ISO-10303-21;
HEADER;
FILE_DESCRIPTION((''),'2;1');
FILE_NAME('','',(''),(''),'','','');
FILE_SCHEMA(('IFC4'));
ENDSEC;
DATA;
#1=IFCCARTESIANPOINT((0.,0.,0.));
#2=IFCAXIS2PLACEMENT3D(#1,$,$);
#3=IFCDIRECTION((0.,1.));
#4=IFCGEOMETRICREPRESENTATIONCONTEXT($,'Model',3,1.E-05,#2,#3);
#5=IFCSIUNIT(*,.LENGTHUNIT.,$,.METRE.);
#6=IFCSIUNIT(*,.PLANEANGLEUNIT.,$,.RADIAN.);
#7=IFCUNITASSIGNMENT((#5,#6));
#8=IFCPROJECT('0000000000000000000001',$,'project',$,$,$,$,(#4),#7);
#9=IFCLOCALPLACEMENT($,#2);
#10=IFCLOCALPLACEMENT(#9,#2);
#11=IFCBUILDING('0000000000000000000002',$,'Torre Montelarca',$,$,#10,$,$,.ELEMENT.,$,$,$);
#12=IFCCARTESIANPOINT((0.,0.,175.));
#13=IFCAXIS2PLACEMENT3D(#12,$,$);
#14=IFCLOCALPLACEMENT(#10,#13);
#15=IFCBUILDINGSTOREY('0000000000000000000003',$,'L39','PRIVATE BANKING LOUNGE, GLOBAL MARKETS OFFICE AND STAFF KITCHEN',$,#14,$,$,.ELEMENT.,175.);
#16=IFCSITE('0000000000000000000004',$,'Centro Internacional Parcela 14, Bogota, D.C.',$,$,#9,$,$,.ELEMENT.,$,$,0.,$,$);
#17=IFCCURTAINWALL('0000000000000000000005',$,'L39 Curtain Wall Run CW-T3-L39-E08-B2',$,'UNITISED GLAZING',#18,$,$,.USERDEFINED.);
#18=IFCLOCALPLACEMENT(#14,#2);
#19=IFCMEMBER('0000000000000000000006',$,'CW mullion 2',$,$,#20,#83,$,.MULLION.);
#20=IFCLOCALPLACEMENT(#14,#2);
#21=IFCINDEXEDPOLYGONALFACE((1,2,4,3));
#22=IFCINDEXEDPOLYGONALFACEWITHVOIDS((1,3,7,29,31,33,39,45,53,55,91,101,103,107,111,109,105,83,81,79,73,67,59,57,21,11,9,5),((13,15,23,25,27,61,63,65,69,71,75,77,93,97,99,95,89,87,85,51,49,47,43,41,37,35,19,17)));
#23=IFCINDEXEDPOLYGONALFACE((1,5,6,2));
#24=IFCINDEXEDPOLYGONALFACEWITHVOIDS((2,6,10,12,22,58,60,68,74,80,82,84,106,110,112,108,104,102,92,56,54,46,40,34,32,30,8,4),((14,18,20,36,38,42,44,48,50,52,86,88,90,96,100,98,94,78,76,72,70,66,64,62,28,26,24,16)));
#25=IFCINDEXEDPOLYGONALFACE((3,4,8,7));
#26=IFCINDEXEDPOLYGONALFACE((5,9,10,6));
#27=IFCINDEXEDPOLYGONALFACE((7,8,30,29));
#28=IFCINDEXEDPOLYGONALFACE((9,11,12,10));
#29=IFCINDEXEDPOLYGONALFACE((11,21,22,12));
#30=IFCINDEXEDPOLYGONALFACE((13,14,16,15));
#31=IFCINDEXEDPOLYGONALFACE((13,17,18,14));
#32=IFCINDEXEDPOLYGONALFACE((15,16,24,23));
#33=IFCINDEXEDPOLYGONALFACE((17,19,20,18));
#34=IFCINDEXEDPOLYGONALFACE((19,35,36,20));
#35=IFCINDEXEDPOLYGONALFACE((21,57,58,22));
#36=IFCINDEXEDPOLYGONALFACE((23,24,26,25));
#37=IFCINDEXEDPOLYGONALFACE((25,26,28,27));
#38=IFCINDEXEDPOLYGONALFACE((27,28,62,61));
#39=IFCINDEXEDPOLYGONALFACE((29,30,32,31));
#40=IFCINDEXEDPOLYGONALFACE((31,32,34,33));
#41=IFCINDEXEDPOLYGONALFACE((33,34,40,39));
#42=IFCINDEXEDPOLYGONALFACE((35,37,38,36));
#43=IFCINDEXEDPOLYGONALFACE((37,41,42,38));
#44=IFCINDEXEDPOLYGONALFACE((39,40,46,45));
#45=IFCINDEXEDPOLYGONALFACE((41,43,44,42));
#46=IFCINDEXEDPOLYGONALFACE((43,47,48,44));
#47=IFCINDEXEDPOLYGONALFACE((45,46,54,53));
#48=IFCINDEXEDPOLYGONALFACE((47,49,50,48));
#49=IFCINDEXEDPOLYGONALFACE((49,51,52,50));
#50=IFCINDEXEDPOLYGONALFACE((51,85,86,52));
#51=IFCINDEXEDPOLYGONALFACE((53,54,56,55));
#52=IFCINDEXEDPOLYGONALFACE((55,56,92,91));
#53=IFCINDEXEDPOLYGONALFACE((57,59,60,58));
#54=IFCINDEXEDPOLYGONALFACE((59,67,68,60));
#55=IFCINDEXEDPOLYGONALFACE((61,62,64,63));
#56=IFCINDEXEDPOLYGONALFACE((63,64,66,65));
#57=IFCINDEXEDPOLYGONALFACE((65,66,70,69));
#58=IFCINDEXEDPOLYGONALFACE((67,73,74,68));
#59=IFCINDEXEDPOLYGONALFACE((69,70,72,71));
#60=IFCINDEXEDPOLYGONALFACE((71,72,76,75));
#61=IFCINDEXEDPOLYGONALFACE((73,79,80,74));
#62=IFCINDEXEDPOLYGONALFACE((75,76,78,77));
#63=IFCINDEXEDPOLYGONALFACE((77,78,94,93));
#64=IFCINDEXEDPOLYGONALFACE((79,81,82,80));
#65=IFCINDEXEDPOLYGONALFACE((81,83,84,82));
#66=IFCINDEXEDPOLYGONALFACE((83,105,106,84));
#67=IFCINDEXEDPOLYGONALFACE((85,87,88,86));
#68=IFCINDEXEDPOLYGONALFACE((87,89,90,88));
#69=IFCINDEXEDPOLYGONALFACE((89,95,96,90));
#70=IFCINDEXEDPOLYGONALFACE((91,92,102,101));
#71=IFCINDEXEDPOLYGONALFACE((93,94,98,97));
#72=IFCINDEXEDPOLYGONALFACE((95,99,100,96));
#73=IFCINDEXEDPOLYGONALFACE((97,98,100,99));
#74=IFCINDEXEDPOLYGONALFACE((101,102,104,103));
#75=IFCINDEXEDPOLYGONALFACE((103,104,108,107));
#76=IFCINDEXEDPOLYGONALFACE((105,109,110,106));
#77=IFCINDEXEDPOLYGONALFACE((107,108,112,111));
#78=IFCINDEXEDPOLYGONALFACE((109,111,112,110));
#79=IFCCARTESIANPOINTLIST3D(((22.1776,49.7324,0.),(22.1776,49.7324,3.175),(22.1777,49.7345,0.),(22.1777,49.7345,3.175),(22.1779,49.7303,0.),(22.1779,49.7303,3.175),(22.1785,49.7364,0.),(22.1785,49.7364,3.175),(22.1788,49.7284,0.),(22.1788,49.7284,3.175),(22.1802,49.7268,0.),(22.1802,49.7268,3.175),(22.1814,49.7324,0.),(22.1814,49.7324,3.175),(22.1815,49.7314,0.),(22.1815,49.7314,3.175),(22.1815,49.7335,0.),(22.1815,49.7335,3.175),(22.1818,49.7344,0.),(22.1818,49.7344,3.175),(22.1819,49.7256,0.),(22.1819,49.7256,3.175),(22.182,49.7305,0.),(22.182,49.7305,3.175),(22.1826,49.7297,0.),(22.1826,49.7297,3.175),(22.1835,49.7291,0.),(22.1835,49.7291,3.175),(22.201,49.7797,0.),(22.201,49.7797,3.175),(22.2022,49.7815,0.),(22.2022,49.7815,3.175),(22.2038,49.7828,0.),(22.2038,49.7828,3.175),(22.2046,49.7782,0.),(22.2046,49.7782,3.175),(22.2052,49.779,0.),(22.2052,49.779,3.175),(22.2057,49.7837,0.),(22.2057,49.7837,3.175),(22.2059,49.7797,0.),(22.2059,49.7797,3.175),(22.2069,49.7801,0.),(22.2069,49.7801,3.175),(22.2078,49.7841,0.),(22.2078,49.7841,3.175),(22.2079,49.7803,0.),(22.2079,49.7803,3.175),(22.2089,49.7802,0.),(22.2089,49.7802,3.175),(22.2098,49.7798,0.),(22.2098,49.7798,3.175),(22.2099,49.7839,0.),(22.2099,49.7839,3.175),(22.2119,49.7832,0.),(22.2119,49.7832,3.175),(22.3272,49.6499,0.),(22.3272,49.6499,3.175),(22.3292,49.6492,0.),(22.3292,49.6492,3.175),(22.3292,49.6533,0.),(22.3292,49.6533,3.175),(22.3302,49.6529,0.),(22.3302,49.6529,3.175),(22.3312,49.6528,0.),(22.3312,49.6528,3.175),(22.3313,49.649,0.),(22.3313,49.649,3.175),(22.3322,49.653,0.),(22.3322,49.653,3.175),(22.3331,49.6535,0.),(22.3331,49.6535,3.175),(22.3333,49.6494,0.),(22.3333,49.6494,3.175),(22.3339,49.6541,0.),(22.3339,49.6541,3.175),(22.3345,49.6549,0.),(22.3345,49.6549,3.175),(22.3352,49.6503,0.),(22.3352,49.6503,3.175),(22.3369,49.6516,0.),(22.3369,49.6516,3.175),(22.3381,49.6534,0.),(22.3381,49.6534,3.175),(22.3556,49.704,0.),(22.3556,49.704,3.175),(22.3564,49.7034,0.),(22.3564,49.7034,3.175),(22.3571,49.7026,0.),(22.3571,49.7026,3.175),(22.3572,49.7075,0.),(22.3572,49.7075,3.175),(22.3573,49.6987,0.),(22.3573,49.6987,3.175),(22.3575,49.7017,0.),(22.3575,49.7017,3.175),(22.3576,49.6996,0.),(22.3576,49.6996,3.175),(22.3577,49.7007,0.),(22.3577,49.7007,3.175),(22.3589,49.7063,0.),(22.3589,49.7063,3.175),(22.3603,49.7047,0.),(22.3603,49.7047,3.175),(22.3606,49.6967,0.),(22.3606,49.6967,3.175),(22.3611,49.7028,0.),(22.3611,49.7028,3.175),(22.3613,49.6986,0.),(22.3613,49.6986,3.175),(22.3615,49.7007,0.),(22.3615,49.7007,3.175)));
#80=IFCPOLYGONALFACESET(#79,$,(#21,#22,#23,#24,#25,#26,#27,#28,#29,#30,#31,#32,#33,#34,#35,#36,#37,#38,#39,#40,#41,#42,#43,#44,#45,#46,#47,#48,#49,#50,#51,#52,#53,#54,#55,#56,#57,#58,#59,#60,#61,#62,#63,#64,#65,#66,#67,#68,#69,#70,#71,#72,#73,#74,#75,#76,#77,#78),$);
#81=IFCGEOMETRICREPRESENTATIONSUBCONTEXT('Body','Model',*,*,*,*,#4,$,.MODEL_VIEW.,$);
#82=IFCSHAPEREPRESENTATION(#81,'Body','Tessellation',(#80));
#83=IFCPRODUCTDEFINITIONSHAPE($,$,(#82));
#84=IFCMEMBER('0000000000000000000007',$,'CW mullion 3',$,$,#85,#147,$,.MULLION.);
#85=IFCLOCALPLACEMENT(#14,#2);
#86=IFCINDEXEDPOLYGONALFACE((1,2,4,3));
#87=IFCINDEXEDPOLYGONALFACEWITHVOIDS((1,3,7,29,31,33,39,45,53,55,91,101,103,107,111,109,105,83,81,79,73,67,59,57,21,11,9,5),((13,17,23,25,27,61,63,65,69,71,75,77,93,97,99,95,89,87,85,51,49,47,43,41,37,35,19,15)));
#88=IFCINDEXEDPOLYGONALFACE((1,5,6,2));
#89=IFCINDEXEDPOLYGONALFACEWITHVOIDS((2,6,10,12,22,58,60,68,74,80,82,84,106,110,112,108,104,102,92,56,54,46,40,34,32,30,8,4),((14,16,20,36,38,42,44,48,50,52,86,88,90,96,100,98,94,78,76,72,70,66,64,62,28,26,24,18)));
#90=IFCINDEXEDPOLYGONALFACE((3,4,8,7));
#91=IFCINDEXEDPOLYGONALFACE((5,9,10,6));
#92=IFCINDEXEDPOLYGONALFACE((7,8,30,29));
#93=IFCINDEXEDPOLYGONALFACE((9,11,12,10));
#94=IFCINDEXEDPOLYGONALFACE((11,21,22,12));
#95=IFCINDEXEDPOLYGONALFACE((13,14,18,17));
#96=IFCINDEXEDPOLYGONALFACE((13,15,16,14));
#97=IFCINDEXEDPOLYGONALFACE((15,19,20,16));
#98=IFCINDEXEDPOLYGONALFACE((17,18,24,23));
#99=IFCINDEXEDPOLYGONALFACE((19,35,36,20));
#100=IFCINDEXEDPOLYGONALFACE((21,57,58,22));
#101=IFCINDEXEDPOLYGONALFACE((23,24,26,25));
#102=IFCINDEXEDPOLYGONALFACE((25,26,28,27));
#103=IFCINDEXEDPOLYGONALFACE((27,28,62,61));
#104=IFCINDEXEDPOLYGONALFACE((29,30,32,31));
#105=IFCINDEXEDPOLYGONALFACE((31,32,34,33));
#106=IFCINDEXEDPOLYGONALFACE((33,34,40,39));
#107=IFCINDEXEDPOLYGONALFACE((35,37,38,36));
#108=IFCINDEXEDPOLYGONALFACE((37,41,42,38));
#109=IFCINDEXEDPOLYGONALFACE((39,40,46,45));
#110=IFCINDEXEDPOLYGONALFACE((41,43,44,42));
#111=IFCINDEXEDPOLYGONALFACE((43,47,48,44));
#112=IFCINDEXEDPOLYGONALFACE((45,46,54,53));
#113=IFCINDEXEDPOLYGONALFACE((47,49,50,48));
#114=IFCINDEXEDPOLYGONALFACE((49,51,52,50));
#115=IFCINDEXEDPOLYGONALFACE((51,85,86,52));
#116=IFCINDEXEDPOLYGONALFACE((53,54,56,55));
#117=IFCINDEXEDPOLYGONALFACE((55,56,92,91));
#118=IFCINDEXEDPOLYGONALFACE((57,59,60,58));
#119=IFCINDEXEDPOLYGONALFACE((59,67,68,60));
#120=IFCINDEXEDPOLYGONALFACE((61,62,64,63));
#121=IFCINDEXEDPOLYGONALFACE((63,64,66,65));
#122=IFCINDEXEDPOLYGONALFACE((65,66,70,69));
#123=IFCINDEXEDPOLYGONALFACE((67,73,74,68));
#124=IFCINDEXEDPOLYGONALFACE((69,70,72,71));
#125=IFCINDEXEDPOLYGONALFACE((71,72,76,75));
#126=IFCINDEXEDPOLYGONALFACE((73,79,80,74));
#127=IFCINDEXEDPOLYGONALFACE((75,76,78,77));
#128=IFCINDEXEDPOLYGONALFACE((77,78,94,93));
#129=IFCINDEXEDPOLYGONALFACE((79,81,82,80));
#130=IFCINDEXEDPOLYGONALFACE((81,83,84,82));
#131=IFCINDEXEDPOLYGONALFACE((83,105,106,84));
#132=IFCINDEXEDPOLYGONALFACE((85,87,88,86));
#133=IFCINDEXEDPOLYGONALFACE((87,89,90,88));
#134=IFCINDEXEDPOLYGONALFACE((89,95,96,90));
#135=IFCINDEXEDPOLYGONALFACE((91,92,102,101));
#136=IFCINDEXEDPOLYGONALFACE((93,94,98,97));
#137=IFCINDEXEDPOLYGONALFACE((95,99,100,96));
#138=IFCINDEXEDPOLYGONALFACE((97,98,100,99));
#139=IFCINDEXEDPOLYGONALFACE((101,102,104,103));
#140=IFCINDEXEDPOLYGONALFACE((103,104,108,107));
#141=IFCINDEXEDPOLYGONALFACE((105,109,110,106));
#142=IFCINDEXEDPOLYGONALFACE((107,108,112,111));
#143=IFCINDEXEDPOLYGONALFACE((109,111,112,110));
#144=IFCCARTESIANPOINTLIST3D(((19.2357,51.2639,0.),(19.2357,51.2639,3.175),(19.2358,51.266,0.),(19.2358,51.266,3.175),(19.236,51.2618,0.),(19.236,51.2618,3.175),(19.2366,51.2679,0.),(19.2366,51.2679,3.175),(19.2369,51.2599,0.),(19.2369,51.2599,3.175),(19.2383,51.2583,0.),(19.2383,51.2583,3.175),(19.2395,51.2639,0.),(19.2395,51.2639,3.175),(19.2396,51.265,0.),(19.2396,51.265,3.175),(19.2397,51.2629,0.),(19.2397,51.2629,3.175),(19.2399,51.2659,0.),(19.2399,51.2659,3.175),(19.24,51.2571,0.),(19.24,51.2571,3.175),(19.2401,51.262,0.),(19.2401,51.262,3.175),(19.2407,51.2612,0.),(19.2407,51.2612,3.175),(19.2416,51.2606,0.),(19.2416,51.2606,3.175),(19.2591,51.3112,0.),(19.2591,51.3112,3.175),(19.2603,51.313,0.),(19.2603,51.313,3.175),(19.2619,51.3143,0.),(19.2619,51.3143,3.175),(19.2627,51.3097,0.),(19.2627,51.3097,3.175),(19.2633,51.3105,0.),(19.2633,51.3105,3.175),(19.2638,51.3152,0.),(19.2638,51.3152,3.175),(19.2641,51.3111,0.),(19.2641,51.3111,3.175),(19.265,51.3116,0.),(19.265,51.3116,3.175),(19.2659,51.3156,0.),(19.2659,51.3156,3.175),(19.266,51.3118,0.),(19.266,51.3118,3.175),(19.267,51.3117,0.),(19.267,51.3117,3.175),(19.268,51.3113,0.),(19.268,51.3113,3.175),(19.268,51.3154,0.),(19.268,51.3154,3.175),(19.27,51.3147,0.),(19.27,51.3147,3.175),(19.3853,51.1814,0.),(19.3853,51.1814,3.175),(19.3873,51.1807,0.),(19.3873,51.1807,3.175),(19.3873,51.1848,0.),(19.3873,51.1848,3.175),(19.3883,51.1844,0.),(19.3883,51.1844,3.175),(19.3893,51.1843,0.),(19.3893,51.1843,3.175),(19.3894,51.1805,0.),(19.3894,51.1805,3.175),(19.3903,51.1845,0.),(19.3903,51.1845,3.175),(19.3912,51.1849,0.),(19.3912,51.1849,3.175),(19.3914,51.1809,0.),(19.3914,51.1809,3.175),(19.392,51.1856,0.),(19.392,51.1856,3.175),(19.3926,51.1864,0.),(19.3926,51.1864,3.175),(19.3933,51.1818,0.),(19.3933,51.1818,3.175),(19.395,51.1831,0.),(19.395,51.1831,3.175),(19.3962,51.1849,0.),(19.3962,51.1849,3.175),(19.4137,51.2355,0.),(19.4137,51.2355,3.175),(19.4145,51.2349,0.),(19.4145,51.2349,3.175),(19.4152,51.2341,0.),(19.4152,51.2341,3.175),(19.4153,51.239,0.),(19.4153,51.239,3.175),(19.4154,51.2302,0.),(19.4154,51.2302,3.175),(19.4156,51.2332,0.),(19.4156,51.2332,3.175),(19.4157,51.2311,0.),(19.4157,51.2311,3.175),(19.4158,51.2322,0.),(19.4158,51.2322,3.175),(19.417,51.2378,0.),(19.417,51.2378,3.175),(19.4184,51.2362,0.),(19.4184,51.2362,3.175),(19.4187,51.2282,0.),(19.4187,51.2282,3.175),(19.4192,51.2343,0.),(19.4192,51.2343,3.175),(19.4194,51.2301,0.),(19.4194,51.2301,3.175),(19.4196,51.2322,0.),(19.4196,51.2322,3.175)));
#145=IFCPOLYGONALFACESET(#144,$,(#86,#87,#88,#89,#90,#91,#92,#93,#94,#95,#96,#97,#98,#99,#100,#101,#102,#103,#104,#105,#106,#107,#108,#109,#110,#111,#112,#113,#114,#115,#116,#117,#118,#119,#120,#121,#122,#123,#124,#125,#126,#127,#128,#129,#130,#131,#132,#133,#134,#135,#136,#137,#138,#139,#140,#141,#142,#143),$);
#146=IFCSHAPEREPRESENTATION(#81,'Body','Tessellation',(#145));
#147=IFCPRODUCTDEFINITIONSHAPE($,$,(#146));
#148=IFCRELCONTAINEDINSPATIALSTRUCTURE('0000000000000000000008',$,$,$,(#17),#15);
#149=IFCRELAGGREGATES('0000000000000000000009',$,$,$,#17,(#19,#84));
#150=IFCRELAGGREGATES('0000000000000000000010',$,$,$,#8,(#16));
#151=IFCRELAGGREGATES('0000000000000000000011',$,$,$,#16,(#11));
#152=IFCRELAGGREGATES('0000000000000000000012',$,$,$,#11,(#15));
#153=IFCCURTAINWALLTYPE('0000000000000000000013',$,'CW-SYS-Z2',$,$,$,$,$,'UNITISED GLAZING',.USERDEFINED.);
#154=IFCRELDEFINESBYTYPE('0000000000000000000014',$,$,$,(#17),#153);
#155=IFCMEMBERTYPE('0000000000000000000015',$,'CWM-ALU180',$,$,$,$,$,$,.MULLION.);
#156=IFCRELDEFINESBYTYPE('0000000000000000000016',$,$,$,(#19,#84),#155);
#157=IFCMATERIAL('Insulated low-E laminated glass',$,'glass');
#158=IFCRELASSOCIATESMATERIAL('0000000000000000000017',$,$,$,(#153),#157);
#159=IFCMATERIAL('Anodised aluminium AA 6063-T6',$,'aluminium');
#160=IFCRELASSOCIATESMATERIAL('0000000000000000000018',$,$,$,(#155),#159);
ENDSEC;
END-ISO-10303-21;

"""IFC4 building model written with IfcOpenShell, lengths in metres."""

from ifc_helpers import new_model, si_unit, direction, frame, origin, origin_2d, place, context, subcontext, project, spatial, hollow_rectangle, extrude, source, transform, mapped, material, material_profile, profile_set, type_object, element, aggregate, save


model = new_model("IFC4")

# Units and contexts
model_context = context("Model", 3, precision=1e-05, world=origin(), true_north=direction((0.0, 1.0)))
body_context = subcontext(model_context, "Body", "Model", "MODEL_VIEW")
ifc_project = project(units=[si_unit("LENGTHUNIT", "METRE"), si_unit("PLANEANGLEUNIT", "RADIAN")], contexts=[model_context])

# Site, building, storey
site_placement = place(None, origin())
site = spatial("IfcSite", under=ifc_project, at=site_placement, Name="Centro Internacional Parcela 14, Bogota, D.C.", CompositionType="ELEMENT", RefElevation=0.0)
building_placement = place(site_placement, origin())
building = spatial("IfcBuilding", under=site, at=building_placement, Name="Torre Montelarca", CompositionType="ELEMENT")
storey_placement = place(building_placement, frame((0.0, 0.0, 175.0)))
storey = spatial("IfcBuildingStorey", under=building, at=storey_placement, Name="L39", Description="PRIVATE BANKING LOUNGE, GLOBAL MARKETS OFFICE AND STAFF KITCHEN", CompositionType="ELEMENT", Elevation=175.0)

# Shared definitions
ifc_material_1 = material(Name="Insulated low-E laminated glass", Category="glass")
curtain_wall_type = type_object("IfcCurtainWallType", Name="CW-SYS-Z2", ElementType="UNITISED GLAZING", PredefinedType="USERDEFINED", material=ifc_material_1)
ifc_material_2 = material(Name="Anodised aluminium AA 6063-T6", Category="aluminium")
ifc_material_profile_1 = material_profile(ifc_material_2, hollow_rectangle(XDim=0.0649, YDim=0.1799, WallThickness=0.0039, InnerFilletRadius=0.0039, OuterFilletRadius=0.0081, at=origin_2d()), Name="ALU65X180X4", Category="aluminium")
ifc_profile_set_1 = profile_set([ifc_material_profile_1], Name="Anodised aluminium AA 6063-T6")
member_type_1 = type_object("IfcMemberType", Name="CWM-ALU180", PredefinedType="MULLION", material=ifc_profile_set_1)
shared_shape_1 = source(origin(), body_context, "Body", "SweptSolid", [
    extrude(hollow_rectangle(XDim=0.0649, YDim=0.1799, WallThickness=0.0039, InnerFilletRadius=0.0039, OuterFilletRadius=0.0081, at=origin_2d()), origin(), (0.0, 0.0, 1.0), 3.175),
])

# Curtain wall, members
curtain_wall_1_placement = place(storey_placement, origin())
curtain_wall_1 = element("IfcCurtainWall", 1, at=curtain_wall_1_placement, inside=storey, type_object=curtain_wall_type, Name="L39 Curtain Wall Run CW-T3-L39-E08-B2", ObjectType="UNITISED GLAZING", PredefinedType="USERDEFINED")
member_1_placement = place(storey_placement, frame((22.2695, 49.7166, 0.0), z_axis=(0.0, 0.0, 1.0), x_axis=(-0.461742, -0.887014, 0.0)))
member_1 = element("IfcMember", 2, at=member_1_placement, type_object=member_type_1, Name="CW mullion 2", PredefinedType="MULLION", context=body_context, shape_type="MappedRepresentation", body=[
    mapped(shared_shape_1, transform((0.0, 0.0, 0.0), scale=1.0)),
])
member_2_placement = place(storey_placement, frame((19.3276, 51.248, 0.0), z_axis=(0.0, 0.0, 1.0), x_axis=(-0.461742, -0.887014, 0.0)))
member_2 = element("IfcMember", 3, at=member_2_placement, type_object=member_type_1, Name="CW mullion 3", PredefinedType="MULLION", context=body_context, shape_type="MappedRepresentation", body=[
    mapped(shared_shape_1, transform((0.0, 0.0, 0.0), scale=1.0)),
])
aggregate(curtain_wall_1, [member_1, member_2])

save(model, "model.ifc")
